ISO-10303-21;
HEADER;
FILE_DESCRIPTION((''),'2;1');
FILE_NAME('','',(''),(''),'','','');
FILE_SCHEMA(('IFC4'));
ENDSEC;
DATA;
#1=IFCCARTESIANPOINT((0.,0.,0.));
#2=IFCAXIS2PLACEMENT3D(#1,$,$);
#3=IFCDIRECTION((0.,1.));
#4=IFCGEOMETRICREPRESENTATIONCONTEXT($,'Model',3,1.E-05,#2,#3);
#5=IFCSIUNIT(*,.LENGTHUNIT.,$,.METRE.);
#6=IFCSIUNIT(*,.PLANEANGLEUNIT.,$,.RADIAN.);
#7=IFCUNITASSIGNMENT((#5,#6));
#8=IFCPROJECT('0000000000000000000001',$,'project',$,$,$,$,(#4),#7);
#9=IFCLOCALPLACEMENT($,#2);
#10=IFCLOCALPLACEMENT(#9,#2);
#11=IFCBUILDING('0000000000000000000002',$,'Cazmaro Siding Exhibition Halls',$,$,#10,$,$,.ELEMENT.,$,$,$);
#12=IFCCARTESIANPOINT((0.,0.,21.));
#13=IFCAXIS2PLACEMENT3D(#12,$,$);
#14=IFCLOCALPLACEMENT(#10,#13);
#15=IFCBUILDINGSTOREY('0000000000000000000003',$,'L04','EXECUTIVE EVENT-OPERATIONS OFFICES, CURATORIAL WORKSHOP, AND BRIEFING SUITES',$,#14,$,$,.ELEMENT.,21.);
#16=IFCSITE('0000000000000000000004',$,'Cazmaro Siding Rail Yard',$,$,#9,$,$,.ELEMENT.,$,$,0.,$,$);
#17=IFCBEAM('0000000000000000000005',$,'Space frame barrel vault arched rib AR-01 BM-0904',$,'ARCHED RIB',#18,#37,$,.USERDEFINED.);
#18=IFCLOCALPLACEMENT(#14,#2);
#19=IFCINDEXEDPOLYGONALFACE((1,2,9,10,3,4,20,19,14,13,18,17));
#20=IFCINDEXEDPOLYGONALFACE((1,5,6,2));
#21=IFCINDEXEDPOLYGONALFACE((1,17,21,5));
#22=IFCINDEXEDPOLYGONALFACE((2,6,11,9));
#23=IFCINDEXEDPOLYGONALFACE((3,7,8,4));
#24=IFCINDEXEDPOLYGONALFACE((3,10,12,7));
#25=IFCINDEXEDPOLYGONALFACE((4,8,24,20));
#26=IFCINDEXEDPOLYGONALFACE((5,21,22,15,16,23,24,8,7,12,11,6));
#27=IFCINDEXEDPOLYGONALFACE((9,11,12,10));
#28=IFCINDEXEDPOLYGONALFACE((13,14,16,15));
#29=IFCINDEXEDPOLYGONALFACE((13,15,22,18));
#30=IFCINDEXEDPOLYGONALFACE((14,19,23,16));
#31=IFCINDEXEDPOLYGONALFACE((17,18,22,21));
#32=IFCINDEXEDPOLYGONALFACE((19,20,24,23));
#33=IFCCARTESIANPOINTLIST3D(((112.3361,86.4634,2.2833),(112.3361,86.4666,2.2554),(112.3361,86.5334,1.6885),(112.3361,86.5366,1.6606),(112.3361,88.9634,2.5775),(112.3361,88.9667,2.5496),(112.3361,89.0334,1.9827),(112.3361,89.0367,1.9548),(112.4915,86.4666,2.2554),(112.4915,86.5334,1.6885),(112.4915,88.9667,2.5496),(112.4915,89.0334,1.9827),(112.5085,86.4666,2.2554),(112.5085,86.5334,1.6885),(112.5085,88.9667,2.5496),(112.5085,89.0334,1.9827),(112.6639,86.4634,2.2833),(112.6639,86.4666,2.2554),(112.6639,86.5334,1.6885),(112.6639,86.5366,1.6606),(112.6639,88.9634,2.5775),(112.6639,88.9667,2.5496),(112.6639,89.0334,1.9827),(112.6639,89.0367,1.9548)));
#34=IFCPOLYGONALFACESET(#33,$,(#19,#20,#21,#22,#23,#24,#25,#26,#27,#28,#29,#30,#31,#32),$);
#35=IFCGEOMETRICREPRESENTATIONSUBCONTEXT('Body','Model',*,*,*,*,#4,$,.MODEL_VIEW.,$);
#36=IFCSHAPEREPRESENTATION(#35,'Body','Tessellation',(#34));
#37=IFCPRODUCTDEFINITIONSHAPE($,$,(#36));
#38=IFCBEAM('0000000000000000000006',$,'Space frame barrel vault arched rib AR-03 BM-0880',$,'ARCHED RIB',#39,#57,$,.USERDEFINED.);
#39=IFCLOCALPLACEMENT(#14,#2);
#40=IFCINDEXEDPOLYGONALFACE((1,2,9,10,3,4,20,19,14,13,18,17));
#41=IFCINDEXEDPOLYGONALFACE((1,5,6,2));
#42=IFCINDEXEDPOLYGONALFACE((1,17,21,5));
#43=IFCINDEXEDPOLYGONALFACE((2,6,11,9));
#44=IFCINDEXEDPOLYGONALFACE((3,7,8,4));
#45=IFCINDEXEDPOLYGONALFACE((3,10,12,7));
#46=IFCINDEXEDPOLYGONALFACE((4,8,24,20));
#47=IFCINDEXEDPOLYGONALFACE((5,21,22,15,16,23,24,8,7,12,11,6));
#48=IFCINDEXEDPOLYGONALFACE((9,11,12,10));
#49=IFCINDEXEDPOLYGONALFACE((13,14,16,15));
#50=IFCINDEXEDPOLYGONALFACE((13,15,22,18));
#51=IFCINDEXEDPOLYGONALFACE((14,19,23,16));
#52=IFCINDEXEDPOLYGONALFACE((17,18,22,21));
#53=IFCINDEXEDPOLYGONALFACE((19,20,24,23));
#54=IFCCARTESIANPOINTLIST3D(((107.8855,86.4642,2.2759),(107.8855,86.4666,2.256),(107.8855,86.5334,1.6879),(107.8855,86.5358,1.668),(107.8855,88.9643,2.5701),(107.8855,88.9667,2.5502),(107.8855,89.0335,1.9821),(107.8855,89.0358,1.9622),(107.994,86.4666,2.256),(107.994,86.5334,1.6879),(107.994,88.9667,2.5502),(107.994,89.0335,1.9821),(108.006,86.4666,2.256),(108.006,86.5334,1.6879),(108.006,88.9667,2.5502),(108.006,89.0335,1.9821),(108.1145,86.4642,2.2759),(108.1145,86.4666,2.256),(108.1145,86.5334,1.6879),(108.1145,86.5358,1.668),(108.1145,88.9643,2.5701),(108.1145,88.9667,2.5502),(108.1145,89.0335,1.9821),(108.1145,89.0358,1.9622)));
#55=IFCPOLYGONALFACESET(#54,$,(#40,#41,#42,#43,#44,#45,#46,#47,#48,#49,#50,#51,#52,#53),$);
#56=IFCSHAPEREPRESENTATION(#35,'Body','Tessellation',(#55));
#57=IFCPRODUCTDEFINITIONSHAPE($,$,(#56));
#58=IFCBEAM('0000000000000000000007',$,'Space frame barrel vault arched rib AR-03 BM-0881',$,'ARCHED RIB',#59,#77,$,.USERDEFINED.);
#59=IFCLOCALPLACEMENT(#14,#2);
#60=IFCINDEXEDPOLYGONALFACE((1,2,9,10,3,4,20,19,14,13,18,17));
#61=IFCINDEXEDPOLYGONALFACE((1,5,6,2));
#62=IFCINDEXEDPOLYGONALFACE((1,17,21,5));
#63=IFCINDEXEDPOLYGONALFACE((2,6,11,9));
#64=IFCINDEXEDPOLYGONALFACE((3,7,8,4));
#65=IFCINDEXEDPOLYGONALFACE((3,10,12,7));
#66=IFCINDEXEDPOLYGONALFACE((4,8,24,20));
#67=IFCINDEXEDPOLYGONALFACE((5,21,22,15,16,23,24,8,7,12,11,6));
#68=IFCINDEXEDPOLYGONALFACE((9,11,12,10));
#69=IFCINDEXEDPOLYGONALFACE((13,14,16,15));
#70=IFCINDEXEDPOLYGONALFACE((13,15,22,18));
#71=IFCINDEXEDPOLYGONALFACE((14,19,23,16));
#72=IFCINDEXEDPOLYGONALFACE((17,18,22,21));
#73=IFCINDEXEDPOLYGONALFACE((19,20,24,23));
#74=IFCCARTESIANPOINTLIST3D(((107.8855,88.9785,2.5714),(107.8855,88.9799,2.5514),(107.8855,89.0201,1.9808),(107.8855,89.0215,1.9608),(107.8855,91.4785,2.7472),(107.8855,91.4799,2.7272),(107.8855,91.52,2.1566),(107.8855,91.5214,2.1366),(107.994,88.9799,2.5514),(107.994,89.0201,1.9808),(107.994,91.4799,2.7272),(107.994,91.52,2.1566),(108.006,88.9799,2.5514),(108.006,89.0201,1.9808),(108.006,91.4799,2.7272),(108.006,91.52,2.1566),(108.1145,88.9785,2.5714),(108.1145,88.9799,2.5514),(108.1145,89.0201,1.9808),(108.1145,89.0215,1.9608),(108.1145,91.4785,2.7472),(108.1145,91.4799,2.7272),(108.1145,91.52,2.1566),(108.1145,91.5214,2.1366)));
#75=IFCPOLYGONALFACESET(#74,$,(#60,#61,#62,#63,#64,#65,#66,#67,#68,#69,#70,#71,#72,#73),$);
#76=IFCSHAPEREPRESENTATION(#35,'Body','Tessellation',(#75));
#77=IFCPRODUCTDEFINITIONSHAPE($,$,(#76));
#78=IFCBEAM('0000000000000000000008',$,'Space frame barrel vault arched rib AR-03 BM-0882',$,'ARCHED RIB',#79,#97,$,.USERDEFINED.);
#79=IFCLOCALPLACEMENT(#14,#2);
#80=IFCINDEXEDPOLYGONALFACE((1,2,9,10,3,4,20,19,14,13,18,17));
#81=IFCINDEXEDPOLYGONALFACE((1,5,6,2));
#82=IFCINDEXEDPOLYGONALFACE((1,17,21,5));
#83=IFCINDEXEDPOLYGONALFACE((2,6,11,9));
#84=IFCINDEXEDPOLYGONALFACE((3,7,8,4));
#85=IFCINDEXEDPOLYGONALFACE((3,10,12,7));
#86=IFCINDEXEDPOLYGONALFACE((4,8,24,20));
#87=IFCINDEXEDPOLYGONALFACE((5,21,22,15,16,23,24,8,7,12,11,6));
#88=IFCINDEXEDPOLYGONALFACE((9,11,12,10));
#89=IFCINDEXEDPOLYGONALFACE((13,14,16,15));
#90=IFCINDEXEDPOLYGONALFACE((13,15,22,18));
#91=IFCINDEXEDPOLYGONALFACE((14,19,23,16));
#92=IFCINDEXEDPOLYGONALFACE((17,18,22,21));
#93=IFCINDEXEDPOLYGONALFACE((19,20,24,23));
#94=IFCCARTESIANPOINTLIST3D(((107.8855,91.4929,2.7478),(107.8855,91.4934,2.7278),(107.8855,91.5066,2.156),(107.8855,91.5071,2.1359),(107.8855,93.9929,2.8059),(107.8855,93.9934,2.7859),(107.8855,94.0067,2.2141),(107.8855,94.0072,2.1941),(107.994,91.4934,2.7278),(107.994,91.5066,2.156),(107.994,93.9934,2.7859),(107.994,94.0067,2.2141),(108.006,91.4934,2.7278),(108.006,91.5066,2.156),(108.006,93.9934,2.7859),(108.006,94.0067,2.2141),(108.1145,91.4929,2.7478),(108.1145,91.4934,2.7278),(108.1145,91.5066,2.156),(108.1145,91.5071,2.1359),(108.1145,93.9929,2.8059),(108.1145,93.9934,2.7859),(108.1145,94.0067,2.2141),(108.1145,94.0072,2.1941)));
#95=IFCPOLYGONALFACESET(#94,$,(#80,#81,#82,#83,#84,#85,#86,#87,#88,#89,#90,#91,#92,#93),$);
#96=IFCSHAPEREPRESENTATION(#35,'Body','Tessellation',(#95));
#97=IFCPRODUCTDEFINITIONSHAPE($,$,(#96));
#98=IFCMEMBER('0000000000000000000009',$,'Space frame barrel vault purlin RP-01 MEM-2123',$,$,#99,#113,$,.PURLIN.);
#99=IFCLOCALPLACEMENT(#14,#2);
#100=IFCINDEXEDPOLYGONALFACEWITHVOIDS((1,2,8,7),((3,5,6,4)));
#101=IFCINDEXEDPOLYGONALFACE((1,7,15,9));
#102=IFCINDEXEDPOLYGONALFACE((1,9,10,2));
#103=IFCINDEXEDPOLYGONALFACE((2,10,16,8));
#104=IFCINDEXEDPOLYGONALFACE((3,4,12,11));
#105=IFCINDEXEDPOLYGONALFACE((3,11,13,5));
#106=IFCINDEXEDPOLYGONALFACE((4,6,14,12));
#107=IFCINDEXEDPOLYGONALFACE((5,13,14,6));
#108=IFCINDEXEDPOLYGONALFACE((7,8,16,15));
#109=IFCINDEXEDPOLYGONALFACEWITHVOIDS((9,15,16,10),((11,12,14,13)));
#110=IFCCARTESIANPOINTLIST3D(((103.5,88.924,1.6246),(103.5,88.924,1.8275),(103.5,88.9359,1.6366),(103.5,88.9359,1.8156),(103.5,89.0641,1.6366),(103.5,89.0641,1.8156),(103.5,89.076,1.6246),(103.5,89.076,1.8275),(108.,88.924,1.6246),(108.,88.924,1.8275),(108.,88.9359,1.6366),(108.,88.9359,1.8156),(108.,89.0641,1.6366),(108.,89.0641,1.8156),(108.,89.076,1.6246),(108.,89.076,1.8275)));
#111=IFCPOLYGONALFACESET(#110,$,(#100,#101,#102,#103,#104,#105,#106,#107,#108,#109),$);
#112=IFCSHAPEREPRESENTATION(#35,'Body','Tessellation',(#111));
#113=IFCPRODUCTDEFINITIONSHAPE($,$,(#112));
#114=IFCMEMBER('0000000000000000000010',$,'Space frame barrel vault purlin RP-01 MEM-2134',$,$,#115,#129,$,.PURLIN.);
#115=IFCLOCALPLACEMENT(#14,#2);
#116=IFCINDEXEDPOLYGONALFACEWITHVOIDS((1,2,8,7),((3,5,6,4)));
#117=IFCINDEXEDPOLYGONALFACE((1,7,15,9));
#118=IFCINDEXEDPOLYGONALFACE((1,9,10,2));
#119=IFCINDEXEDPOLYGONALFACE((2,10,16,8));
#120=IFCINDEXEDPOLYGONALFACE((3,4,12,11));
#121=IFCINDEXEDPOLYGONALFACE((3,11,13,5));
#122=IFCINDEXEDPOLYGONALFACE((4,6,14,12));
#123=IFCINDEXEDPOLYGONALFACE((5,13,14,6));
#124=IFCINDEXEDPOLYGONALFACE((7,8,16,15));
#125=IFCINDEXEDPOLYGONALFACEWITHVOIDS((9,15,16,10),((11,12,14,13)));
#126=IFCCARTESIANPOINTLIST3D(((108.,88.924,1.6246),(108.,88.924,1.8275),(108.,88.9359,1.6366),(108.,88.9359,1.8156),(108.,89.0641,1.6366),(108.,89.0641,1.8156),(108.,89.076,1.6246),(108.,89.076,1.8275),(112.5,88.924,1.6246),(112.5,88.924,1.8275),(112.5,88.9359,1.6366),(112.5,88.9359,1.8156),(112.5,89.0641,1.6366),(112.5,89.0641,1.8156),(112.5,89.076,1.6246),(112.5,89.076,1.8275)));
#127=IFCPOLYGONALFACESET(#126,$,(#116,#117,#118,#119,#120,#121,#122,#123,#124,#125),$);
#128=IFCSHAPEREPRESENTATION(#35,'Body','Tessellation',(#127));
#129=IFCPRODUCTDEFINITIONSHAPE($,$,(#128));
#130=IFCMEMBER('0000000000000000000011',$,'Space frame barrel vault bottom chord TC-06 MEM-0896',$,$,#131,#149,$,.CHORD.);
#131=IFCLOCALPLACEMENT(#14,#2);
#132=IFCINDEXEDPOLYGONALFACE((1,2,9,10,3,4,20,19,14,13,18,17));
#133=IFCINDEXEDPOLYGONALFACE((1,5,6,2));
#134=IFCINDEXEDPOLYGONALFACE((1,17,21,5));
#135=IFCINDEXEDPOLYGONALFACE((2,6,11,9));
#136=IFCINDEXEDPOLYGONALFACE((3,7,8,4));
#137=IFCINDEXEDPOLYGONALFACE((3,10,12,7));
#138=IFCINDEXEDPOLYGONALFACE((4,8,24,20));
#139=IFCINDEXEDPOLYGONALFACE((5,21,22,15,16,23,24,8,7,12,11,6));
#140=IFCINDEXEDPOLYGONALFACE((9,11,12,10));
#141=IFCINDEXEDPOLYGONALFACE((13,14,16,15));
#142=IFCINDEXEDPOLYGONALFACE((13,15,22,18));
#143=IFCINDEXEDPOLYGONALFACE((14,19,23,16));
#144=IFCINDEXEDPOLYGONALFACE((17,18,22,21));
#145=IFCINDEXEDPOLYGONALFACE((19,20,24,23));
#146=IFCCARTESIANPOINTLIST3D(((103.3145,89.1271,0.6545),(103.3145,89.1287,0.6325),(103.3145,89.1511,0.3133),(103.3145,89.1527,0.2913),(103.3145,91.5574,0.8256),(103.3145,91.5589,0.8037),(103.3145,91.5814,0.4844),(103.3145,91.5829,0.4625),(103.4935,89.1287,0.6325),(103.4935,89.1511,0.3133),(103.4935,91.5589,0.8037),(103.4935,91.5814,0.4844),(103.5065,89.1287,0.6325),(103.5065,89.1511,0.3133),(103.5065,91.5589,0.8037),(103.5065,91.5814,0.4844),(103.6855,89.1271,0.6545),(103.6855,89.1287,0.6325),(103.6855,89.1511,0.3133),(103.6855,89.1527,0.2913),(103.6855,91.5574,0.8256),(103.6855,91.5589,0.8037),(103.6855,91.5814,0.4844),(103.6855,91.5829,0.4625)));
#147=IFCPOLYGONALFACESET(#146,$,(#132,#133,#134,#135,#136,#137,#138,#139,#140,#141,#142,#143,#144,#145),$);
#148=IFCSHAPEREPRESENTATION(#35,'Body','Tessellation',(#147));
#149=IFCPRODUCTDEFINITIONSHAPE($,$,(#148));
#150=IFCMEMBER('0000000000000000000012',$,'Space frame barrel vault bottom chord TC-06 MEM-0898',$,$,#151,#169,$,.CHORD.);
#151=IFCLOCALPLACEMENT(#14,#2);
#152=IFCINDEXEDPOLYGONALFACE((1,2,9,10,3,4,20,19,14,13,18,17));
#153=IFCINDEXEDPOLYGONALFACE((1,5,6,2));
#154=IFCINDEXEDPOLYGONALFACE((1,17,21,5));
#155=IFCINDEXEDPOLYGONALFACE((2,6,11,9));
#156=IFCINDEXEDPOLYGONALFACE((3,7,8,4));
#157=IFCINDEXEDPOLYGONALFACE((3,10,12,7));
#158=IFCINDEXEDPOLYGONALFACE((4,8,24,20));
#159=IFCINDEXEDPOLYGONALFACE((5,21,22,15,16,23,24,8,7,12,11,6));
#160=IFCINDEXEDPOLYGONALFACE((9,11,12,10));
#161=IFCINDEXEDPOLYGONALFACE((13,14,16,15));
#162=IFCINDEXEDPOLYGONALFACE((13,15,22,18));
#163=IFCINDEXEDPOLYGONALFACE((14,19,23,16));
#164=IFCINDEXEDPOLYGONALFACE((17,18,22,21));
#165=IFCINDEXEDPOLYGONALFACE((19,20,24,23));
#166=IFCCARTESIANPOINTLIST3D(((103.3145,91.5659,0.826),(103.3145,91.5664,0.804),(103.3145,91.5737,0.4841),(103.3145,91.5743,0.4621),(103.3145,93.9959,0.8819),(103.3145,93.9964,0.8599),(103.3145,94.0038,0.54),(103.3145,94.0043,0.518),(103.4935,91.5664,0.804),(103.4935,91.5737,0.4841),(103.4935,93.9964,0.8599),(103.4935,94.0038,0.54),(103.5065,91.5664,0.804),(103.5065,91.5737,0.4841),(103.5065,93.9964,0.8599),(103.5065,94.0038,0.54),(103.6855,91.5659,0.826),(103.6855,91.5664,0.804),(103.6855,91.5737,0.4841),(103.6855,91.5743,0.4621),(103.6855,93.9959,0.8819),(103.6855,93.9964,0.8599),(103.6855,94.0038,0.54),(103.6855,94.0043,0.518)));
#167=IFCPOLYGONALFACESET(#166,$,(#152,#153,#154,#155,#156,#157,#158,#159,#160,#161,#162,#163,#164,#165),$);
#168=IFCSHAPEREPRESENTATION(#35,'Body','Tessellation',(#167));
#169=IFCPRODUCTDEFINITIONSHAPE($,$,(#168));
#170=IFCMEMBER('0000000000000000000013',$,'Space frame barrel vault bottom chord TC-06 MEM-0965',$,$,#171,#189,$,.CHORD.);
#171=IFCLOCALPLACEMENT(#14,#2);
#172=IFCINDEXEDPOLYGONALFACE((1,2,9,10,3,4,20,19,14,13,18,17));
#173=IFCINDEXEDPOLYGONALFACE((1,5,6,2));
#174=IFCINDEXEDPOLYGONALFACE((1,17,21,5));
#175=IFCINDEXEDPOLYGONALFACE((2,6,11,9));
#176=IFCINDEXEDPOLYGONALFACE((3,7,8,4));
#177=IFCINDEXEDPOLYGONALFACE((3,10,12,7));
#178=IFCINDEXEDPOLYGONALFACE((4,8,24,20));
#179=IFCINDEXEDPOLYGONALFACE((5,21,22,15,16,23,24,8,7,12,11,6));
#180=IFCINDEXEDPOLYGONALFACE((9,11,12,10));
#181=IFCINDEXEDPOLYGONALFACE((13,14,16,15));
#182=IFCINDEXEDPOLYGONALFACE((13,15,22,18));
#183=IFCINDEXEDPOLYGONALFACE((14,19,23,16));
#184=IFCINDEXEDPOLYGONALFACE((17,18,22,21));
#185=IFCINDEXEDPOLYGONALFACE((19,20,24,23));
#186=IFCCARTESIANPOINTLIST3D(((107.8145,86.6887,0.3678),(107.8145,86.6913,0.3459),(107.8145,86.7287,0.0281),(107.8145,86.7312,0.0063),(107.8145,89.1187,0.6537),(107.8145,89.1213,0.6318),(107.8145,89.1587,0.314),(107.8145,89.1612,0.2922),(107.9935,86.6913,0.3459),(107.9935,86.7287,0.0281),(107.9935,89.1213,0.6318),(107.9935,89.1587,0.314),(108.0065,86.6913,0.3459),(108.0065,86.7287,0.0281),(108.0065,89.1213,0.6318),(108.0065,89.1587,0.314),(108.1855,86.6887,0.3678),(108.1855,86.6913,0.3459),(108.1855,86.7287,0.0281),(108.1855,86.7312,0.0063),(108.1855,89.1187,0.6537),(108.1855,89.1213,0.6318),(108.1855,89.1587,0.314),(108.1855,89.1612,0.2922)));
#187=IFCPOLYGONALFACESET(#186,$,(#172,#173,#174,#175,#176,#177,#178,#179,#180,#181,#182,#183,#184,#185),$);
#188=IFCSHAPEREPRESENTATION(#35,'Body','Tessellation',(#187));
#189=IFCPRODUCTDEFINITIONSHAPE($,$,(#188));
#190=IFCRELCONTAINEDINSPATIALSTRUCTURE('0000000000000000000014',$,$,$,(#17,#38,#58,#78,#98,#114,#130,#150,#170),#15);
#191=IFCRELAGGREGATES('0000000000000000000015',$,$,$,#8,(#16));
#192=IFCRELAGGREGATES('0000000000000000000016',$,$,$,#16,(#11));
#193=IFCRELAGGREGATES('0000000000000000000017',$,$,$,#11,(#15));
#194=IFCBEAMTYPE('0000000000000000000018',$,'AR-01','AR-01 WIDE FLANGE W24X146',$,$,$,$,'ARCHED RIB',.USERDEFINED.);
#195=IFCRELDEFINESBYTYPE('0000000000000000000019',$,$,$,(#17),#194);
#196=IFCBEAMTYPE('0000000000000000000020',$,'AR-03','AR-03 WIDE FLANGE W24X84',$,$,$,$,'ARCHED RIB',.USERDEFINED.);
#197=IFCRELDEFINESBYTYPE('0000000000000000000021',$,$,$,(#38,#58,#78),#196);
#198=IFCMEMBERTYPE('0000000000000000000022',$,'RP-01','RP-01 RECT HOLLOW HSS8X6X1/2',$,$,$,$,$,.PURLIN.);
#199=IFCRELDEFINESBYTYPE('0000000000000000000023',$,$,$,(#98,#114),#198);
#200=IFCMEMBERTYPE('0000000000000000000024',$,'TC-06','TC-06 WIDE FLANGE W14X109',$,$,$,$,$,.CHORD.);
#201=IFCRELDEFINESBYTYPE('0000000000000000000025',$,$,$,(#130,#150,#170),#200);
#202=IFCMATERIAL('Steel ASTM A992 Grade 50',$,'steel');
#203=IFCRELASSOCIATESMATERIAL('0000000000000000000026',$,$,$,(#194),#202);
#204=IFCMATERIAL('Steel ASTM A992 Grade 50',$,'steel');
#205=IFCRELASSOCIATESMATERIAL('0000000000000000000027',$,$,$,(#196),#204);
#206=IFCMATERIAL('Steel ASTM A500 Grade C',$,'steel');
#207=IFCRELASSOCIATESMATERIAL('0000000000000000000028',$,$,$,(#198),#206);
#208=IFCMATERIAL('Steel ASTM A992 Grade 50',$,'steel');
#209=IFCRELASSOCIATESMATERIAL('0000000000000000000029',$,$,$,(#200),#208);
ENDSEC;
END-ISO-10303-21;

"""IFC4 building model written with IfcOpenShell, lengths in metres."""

from ifc_helpers import new_model, si_unit, direction, frame, origin, origin_2d, place, context, subcontext, project, spatial, hollow_rectangle, i_section, extrude, material, material_profile, profile_set, type_object, element, save


model = new_model("IFC4")

# Units and contexts
model_context = context("Model", 3, precision=1e-05, world=origin(), true_north=direction((0.0, 1.0)))
body_context = subcontext(model_context, "Body", "Model", "MODEL_VIEW")
ifc_project = project(units=[si_unit("LENGTHUNIT", "METRE"), si_unit("PLANEANGLEUNIT", "RADIAN")], contexts=[model_context])

# Site, building, storey
site_placement = place(None, origin())
site = spatial("IfcSite", under=ifc_project, at=site_placement, Name="Cazmaro Siding Rail Yard", CompositionType="ELEMENT", RefElevation=0.0)
building_placement = place(site_placement, origin())
building = spatial("IfcBuilding", under=site, at=building_placement, Name="Cazmaro Siding Exhibition Halls", CompositionType="ELEMENT")
storey_placement = place(building_placement, frame((0.0, 0.0, 21.0)))
storey = spatial("IfcBuildingStorey", under=building, at=storey_placement, Name="L04", Description="EXECUTIVE EVENT-OPERATIONS OFFICES, CURATORIAL WORKSHOP, AND BRIEFING SUITES", CompositionType="ELEMENT", Elevation=21.0)

# Beams
ifc_material_1 = material(Name="Steel ASTM A992 Grade 50", Category="steel")
ifc_material_profile_1 = material_profile(ifc_material_1, i_section(OverallWidth=0.3279, OverallDepth=0.627, WebThickness=0.0171, FlangeThickness=0.0281, at=origin_2d()), Name="W24X146")
ifc_profile_set_1 = profile_set([ifc_material_profile_1], Name="Steel ASTM A992 Grade 50")
beam_type_1 = type_object("IfcBeamType", Name="AR-01", Description="AR-01 WIDE FLANGE W24X146", ElementType="ARCHED RIB", PredefinedType="USERDEFINED", material=ifc_profile_set_1)
beam_1_placement = place(storey_placement, frame((112.5, 86.5, 1.9719), z_axis=(0.0, 0.993147, 0.116869), x_axis=(-1.0, 0.0, 0.0)))
element("IfcBeam", 1, at=beam_1_placement, inside=storey, type_object=beam_type_1, Name="Space frame barrel vault arched rib AR-01 BM-0904", ObjectType="ARCHED RIB", PredefinedType="USERDEFINED", context=body_context, shape_type="SweptSolid", body=[
    extrude(i_section(OverallWidth=0.3279, OverallDepth=0.627, WebThickness=0.0171, FlangeThickness=0.0281, at=origin_2d()), origin(), (0.0, 0.0, 1.0), 2.5173),
])
ifc_material_2 = material(Name="Steel ASTM A992 Grade 50", Category="steel")
ifc_material_profile_2 = material_profile(ifc_material_2, i_section(OverallWidth=0.229, OverallDepth=0.6121, WebThickness=0.012, FlangeThickness=0.02, at=origin_2d()), Name="W24X84")
ifc_profile_set_2 = profile_set([ifc_material_profile_2], Name="Steel ASTM A992 Grade 50")
beam_type_2 = type_object("IfcBeamType", Name="AR-03", Description="AR-03 WIDE FLANGE W24X84", ElementType="ARCHED RIB", PredefinedType="USERDEFINED", material=ifc_profile_set_2)
beam_2_placement = place(storey_placement, frame((108.0, 86.5, 1.9719), z_axis=(0.0, 0.993147, 0.116869), x_axis=(-1.0, 0.0, 0.0)))
element("IfcBeam", 2, at=beam_2_placement, inside=storey, type_object=beam_type_2, Name="Space frame barrel vault arched rib AR-03 BM-0880", ObjectType="ARCHED RIB", PredefinedType="USERDEFINED", context=body_context, shape_type="SweptSolid", body=[
    extrude(i_section(OverallWidth=0.229, OverallDepth=0.6121, WebThickness=0.012, FlangeThickness=0.02, at=origin_2d()), origin(), (0.0, 0.0, 1.0), 2.5173),
])
beam_3_placement = place(storey_placement, frame((108.0, 89.0, 2.2661), z_axis=(0.0, 0.997537, 0.070139), x_axis=(-1.0, 0.0, 0.0)))
element("IfcBeam", 3, at=beam_3_placement, inside=storey, type_object=beam_type_2, Name="Space frame barrel vault arched rib AR-03 BM-0881", ObjectType="ARCHED RIB", PredefinedType="USERDEFINED", context=body_context, shape_type="SweptSolid", body=[
    extrude(i_section(OverallWidth=0.229, OverallDepth=0.6121, WebThickness=0.012, FlangeThickness=0.02, at=origin_2d()), origin(), (0.0, 0.0, 1.0), 2.5061),
])
beam_4_placement = place(storey_placement, frame((108.0, 91.5, 2.4419), z_axis=(0.0, 0.99973, 0.023236), x_axis=(-1.0, 0.0, 0.0)))
element("IfcBeam", 4, at=beam_4_placement, inside=storey, type_object=beam_type_2, Name="Space frame barrel vault arched rib AR-03 BM-0882", ObjectType="ARCHED RIB", PredefinedType="USERDEFINED", context=body_context, shape_type="SweptSolid", body=[
    extrude(i_section(OverallWidth=0.229, OverallDepth=0.6121, WebThickness=0.012, FlangeThickness=0.02, at=origin_2d()), origin(), (0.0, 0.0, 1.0), 2.5007),
])

# Members
ifc_material_3 = material(Name="Steel ASTM A500 Grade C", Category="steel")
ifc_material_profile_3 = material_profile(ifc_material_3, hollow_rectangle(XDim=0.1521, YDim=0.2029, WallThickness=0.012, at=origin_2d()), Name="HSS8X6X1/2")
ifc_profile_set_3 = profile_set([ifc_material_profile_3], Name="Steel ASTM A500 Grade C")
member_type_1 = type_object("IfcMemberType", Name="RP-01", Description="RP-01 RECT HOLLOW HSS8X6X1/2", PredefinedType="PURLIN", material=ifc_profile_set_3)
for number, where, z_axis, x_axis, name in (
    (5, (103.5, 89.0, 1.7261), (1.0, 0.0, 0.0), (0.0, 1.0, 0.0), "Space frame barrel vault purlin RP-01 MEM-2123"),
    (6, (108.0, 89.0, 1.7261), (1.0, 0.0, 0.0), (0.0, 1.0, 0.0), "Space frame barrel vault purlin RP-01 MEM-2134"),
):
    element("IfcMember", number, at=place(storey_placement, frame(where, z_axis=z_axis, x_axis=x_axis)), inside=storey, type_object=member_type_1, Name=name, PredefinedType="PURLIN", context=body_context, shape_type="SweptSolid", body=[
        extrude(hollow_rectangle(XDim=0.1521, YDim=0.2029, WallThickness=0.012, at=origin_2d()), origin(), (0.0, 0.0, 1.0), 4.5),
    ])
ifc_material_4 = material(Name="Steel ASTM A992 Grade 50", Category="steel")
ifc_material_profile_4 = material_profile(ifc_material_4, i_section(OverallWidth=0.3711, OverallDepth=0.364, WebThickness=0.0129, FlangeThickness=0.022, at=origin_2d()), Name="W14X109")
ifc_profile_set_4 = profile_set([ifc_material_profile_4], Name="Steel ASTM A992 Grade 50")
member_type_2 = type_object("IfcMemberType", Name="TC-06", Description="TC-06 WIDE FLANGE W14X109", PredefinedType="CHORD", material=ifc_profile_set_4)
member_1_placement = place(storey_placement, frame((103.5, 89.1399, 0.4729), z_axis=(0.0, 0.997529, 0.07025), x_axis=(-1.0, 0.0, 0.0)))
element("IfcMember", 7, at=member_1_placement, inside=storey, type_object=member_type_2, Name="Space frame barrel vault bottom chord TC-06 MEM-0896", PredefinedType="CHORD", context=body_context, shape_type="SweptSolid", body=[
    extrude(i_section(OverallWidth=0.3711, OverallDepth=0.364, WebThickness=0.0129, FlangeThickness=0.022, at=origin_2d()), origin(), (0.0, 0.0, 1.0), 2.4363),
])
member_2_placement = place(storey_placement, frame((103.5, 91.5701, 0.644), z_axis=(0.0, 0.999735, 0.023002), x_axis=(-1.0, 0.0, 0.0)))
element("IfcMember", 8, at=member_2_placement, inside=storey, type_object=member_type_2, Name="Space frame barrel vault bottom chord TC-06 MEM-0898", PredefinedType="CHORD", context=body_context, shape_type="SweptSolid", body=[
    extrude(i_section(OverallWidth=0.3711, OverallDepth=0.364, WebThickness=0.0129, FlangeThickness=0.022, at=origin_2d()), origin(), (0.0, 0.0, 1.0), 2.4307),
])
member_3_placement = place(storey_placement, frame((108.0, 86.71, 0.187), z_axis=(0.0, 0.99315, 0.116847), x_axis=(-1.0, 0.0, 0.0)))
element("IfcMember", 9, at=member_3_placement, inside=storey, type_object=member_type_2, Name="Space frame barrel vault bottom chord TC-06 MEM-0965", PredefinedType="CHORD", context=body_context, shape_type="SweptSolid", body=[
    extrude(i_section(OverallWidth=0.3711, OverallDepth=0.364, WebThickness=0.0129, FlangeThickness=0.022, at=origin_2d()), origin(), (0.0, 0.0, 1.0), 2.4468),
])

save(model, "model.ifc")
